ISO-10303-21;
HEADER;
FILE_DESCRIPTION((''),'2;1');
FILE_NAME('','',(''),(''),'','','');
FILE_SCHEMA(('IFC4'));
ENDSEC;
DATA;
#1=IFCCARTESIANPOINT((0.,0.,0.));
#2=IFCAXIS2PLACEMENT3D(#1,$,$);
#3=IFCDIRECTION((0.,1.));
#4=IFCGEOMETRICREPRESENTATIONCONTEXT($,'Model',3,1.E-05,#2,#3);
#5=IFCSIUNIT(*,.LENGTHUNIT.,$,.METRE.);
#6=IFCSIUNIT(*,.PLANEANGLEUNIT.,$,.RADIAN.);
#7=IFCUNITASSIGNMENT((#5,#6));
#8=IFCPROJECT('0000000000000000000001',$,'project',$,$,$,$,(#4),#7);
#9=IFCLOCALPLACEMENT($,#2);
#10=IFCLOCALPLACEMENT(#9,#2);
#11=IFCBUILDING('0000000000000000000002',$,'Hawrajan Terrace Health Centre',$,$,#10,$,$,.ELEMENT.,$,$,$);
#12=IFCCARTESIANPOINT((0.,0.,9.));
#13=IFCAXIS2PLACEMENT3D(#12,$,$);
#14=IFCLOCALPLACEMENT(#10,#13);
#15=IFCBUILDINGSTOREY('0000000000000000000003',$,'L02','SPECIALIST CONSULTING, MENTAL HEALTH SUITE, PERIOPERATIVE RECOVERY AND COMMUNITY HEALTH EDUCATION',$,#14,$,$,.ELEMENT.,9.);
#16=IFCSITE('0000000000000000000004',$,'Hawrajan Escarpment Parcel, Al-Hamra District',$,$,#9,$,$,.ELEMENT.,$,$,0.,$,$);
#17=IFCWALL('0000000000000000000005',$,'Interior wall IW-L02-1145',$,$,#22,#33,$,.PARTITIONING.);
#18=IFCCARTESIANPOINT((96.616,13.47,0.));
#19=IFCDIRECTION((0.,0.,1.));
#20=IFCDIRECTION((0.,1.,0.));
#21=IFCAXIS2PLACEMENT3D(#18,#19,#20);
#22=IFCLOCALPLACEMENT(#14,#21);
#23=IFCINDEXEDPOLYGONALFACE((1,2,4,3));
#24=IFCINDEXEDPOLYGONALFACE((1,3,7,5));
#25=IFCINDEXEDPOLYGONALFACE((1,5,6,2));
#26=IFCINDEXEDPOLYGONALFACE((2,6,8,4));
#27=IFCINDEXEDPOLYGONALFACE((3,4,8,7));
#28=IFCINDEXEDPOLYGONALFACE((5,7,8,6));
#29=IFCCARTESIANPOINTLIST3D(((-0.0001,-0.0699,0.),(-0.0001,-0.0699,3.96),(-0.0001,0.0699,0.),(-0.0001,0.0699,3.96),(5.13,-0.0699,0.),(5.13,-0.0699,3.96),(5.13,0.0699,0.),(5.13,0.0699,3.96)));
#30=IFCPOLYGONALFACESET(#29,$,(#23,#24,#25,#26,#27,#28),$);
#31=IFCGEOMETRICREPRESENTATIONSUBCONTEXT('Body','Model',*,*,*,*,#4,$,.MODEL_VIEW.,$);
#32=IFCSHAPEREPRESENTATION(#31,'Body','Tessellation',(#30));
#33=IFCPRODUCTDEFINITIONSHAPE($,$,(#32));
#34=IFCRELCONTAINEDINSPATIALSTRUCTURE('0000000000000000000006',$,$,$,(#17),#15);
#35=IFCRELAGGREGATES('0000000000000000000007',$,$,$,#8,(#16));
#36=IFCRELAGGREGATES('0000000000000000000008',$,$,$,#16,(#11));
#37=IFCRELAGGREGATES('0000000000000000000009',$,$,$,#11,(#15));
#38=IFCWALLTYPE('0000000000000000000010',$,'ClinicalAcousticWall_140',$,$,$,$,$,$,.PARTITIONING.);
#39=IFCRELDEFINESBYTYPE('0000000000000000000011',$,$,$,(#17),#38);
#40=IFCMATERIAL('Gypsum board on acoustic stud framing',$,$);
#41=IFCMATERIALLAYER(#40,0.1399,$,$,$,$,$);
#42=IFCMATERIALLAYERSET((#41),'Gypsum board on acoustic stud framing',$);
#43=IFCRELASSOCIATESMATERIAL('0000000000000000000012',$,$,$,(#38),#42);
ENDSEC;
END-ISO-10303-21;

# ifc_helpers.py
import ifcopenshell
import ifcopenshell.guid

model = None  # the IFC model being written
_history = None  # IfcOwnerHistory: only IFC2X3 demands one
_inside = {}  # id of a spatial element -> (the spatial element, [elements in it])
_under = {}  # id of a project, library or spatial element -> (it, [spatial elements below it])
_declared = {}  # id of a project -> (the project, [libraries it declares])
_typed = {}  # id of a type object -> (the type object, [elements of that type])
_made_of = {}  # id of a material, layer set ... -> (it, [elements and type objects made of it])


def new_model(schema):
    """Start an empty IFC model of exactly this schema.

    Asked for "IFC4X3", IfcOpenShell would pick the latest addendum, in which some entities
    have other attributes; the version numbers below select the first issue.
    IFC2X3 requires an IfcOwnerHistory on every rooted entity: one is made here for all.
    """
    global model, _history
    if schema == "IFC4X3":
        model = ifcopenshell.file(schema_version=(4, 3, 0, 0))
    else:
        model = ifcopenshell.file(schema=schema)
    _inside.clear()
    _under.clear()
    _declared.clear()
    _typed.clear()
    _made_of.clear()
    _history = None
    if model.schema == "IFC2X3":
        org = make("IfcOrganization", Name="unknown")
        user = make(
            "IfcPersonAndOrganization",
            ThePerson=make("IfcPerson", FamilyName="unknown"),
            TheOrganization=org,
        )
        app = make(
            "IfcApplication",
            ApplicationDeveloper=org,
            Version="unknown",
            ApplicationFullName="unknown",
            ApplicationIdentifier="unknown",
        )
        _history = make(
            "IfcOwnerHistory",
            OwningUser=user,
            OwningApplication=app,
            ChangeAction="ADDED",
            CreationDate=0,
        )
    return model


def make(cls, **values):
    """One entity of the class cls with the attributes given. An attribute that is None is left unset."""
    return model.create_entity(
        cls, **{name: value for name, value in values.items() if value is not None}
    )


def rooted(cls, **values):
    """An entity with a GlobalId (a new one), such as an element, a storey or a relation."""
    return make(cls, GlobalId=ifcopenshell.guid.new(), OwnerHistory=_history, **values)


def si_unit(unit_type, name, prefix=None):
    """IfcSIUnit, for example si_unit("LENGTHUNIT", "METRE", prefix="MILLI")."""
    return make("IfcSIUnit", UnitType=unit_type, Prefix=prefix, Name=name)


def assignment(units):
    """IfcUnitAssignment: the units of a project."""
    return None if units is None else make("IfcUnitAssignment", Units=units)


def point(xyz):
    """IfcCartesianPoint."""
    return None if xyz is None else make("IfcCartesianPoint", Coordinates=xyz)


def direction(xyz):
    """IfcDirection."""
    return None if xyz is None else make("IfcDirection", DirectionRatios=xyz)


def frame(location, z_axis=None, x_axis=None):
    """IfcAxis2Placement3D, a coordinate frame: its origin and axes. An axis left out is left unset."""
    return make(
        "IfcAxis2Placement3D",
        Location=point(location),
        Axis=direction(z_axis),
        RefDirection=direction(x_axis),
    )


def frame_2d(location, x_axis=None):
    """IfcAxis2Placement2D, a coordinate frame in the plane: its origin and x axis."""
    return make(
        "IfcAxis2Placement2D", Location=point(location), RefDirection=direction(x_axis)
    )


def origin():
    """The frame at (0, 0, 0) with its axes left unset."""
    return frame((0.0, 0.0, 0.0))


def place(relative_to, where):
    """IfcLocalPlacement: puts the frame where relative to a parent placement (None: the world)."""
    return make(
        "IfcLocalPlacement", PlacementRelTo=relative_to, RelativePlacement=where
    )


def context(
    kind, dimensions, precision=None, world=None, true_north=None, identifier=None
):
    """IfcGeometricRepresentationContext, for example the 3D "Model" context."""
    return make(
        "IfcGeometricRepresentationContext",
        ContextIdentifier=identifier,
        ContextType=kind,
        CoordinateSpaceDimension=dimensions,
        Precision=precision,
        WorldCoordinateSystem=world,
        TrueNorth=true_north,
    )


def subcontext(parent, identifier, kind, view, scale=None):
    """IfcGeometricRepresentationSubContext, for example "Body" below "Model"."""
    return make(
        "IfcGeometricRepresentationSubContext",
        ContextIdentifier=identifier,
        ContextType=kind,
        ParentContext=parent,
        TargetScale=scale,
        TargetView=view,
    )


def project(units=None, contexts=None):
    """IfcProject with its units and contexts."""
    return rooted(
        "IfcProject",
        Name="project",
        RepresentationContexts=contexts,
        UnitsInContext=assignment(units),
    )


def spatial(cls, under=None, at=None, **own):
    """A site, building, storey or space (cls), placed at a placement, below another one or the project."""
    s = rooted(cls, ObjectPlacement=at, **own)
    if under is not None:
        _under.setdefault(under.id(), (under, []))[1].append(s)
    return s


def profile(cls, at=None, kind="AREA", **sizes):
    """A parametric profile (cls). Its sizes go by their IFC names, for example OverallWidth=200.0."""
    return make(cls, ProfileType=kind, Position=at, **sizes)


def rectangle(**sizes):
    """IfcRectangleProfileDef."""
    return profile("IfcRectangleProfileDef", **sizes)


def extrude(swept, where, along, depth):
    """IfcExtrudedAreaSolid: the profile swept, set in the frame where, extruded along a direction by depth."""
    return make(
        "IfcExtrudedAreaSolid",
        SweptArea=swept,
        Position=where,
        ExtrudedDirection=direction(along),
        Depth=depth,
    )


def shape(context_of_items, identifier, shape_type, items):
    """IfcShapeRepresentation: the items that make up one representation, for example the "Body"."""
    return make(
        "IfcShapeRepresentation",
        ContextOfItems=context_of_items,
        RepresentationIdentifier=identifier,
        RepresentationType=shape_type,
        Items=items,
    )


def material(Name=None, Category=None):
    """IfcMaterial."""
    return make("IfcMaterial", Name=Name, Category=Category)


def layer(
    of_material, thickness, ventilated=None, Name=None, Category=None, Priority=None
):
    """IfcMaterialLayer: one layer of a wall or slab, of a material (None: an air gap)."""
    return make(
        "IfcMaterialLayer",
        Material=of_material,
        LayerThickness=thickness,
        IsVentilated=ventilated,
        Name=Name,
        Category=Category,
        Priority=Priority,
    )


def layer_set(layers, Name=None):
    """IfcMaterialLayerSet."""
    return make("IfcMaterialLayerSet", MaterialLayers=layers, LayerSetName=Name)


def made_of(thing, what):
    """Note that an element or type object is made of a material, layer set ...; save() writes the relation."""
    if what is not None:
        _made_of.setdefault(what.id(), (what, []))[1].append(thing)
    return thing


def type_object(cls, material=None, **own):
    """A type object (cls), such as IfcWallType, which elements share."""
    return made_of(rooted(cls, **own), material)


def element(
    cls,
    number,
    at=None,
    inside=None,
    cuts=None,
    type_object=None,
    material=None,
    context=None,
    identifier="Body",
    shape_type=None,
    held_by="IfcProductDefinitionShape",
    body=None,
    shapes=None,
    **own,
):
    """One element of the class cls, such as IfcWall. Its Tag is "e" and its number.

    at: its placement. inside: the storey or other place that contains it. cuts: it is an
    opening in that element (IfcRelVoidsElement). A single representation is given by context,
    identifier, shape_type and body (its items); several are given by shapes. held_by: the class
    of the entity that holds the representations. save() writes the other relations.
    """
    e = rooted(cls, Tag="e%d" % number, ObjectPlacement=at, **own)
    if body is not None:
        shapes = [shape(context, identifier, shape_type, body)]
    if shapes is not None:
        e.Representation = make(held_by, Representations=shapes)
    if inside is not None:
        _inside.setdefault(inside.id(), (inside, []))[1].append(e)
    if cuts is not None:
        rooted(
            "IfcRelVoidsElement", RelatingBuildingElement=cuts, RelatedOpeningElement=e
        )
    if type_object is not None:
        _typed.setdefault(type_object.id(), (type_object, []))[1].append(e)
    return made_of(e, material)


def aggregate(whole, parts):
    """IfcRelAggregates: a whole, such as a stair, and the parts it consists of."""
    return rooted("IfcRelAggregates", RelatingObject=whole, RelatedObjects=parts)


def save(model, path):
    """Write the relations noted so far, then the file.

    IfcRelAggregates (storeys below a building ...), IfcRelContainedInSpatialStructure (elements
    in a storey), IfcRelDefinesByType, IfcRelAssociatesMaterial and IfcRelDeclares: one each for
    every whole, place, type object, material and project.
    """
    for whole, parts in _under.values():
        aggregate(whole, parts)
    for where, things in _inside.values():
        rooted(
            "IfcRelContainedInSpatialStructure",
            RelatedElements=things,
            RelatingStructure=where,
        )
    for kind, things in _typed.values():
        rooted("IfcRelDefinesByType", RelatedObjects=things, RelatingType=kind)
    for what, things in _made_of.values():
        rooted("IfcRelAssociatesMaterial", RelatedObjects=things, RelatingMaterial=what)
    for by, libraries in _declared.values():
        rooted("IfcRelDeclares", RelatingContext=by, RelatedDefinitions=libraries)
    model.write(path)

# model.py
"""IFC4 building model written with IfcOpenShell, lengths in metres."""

from ifc_helpers import new_model, si_unit, direction, frame, frame_2d, origin, place, context, subcontext, project, spatial, rectangle, extrude, material, layer, layer_set, type_object, element, save


model = new_model("IFC4")

# Units and contexts
model_context = context("Model", 3, precision=1e-05, world=origin(), true_north=direction((0.0, 1.0)))
body_context = subcontext(model_context, "Body", "Model", "MODEL_VIEW")
ifc_project = project(units=[si_unit("LENGTHUNIT", "METRE"), si_unit("PLANEANGLEUNIT", "RADIAN")], contexts=[model_context])

# Site, building, storey
site_placement = place(None, origin())
site = spatial("IfcSite", under=ifc_project, at=site_placement, Name="Hawrajan Escarpment Parcel, Al-Hamra District", CompositionType="ELEMENT", RefElevation=0.0)
building_placement = place(site_placement, origin())
building = spatial("IfcBuilding", under=site, at=building_placement, Name="Hawrajan Terrace Health Centre", CompositionType="ELEMENT")
storey_placement = place(building_placement, frame((0.0, 0.0, 9.0)))
storey = spatial("IfcBuildingStorey", under=building, at=storey_placement, Name="L02", Description="SPECIALIST CONSULTING, MENTAL HEALTH SUITE, PERIOPERATIVE RECOVERY AND COMMUNITY HEALTH EDUCATION", CompositionType="ELEMENT", Elevation=9.0)

# Wall
ifc_material_1 = material(Name="Gypsum board on acoustic stud framing")
ifc_layer_1 = layer(ifc_material_1, 0.1399)
ifc_layer_set_1 = layer_set([ifc_layer_1], Name="Gypsum board on acoustic stud framing")
wall_type = type_object("IfcWallType", Name="ClinicalAcousticWall_140", PredefinedType="PARTITIONING", material=ifc_layer_set_1)
wall_1_placement = place(storey_placement, frame((96.616, 13.47, 0.0), z_axis=(0.0, 0.0, 1.0), x_axis=(0.0, 1.0, 0.0)))
element("IfcWall", 1, at=wall_1_placement, inside=storey, type_object=wall_type, Name="Interior wall IW-L02-1145", PredefinedType="PARTITIONING", context=body_context, shape_type="SweptSolid", body=[
    extrude(rectangle(XDim=5.1301, YDim=0.1399, at=frame_2d((2.5649, 0.0))), origin(), (0.0, 0.0, 1.0), 3.96),
])

save(model, "model.ifc")
